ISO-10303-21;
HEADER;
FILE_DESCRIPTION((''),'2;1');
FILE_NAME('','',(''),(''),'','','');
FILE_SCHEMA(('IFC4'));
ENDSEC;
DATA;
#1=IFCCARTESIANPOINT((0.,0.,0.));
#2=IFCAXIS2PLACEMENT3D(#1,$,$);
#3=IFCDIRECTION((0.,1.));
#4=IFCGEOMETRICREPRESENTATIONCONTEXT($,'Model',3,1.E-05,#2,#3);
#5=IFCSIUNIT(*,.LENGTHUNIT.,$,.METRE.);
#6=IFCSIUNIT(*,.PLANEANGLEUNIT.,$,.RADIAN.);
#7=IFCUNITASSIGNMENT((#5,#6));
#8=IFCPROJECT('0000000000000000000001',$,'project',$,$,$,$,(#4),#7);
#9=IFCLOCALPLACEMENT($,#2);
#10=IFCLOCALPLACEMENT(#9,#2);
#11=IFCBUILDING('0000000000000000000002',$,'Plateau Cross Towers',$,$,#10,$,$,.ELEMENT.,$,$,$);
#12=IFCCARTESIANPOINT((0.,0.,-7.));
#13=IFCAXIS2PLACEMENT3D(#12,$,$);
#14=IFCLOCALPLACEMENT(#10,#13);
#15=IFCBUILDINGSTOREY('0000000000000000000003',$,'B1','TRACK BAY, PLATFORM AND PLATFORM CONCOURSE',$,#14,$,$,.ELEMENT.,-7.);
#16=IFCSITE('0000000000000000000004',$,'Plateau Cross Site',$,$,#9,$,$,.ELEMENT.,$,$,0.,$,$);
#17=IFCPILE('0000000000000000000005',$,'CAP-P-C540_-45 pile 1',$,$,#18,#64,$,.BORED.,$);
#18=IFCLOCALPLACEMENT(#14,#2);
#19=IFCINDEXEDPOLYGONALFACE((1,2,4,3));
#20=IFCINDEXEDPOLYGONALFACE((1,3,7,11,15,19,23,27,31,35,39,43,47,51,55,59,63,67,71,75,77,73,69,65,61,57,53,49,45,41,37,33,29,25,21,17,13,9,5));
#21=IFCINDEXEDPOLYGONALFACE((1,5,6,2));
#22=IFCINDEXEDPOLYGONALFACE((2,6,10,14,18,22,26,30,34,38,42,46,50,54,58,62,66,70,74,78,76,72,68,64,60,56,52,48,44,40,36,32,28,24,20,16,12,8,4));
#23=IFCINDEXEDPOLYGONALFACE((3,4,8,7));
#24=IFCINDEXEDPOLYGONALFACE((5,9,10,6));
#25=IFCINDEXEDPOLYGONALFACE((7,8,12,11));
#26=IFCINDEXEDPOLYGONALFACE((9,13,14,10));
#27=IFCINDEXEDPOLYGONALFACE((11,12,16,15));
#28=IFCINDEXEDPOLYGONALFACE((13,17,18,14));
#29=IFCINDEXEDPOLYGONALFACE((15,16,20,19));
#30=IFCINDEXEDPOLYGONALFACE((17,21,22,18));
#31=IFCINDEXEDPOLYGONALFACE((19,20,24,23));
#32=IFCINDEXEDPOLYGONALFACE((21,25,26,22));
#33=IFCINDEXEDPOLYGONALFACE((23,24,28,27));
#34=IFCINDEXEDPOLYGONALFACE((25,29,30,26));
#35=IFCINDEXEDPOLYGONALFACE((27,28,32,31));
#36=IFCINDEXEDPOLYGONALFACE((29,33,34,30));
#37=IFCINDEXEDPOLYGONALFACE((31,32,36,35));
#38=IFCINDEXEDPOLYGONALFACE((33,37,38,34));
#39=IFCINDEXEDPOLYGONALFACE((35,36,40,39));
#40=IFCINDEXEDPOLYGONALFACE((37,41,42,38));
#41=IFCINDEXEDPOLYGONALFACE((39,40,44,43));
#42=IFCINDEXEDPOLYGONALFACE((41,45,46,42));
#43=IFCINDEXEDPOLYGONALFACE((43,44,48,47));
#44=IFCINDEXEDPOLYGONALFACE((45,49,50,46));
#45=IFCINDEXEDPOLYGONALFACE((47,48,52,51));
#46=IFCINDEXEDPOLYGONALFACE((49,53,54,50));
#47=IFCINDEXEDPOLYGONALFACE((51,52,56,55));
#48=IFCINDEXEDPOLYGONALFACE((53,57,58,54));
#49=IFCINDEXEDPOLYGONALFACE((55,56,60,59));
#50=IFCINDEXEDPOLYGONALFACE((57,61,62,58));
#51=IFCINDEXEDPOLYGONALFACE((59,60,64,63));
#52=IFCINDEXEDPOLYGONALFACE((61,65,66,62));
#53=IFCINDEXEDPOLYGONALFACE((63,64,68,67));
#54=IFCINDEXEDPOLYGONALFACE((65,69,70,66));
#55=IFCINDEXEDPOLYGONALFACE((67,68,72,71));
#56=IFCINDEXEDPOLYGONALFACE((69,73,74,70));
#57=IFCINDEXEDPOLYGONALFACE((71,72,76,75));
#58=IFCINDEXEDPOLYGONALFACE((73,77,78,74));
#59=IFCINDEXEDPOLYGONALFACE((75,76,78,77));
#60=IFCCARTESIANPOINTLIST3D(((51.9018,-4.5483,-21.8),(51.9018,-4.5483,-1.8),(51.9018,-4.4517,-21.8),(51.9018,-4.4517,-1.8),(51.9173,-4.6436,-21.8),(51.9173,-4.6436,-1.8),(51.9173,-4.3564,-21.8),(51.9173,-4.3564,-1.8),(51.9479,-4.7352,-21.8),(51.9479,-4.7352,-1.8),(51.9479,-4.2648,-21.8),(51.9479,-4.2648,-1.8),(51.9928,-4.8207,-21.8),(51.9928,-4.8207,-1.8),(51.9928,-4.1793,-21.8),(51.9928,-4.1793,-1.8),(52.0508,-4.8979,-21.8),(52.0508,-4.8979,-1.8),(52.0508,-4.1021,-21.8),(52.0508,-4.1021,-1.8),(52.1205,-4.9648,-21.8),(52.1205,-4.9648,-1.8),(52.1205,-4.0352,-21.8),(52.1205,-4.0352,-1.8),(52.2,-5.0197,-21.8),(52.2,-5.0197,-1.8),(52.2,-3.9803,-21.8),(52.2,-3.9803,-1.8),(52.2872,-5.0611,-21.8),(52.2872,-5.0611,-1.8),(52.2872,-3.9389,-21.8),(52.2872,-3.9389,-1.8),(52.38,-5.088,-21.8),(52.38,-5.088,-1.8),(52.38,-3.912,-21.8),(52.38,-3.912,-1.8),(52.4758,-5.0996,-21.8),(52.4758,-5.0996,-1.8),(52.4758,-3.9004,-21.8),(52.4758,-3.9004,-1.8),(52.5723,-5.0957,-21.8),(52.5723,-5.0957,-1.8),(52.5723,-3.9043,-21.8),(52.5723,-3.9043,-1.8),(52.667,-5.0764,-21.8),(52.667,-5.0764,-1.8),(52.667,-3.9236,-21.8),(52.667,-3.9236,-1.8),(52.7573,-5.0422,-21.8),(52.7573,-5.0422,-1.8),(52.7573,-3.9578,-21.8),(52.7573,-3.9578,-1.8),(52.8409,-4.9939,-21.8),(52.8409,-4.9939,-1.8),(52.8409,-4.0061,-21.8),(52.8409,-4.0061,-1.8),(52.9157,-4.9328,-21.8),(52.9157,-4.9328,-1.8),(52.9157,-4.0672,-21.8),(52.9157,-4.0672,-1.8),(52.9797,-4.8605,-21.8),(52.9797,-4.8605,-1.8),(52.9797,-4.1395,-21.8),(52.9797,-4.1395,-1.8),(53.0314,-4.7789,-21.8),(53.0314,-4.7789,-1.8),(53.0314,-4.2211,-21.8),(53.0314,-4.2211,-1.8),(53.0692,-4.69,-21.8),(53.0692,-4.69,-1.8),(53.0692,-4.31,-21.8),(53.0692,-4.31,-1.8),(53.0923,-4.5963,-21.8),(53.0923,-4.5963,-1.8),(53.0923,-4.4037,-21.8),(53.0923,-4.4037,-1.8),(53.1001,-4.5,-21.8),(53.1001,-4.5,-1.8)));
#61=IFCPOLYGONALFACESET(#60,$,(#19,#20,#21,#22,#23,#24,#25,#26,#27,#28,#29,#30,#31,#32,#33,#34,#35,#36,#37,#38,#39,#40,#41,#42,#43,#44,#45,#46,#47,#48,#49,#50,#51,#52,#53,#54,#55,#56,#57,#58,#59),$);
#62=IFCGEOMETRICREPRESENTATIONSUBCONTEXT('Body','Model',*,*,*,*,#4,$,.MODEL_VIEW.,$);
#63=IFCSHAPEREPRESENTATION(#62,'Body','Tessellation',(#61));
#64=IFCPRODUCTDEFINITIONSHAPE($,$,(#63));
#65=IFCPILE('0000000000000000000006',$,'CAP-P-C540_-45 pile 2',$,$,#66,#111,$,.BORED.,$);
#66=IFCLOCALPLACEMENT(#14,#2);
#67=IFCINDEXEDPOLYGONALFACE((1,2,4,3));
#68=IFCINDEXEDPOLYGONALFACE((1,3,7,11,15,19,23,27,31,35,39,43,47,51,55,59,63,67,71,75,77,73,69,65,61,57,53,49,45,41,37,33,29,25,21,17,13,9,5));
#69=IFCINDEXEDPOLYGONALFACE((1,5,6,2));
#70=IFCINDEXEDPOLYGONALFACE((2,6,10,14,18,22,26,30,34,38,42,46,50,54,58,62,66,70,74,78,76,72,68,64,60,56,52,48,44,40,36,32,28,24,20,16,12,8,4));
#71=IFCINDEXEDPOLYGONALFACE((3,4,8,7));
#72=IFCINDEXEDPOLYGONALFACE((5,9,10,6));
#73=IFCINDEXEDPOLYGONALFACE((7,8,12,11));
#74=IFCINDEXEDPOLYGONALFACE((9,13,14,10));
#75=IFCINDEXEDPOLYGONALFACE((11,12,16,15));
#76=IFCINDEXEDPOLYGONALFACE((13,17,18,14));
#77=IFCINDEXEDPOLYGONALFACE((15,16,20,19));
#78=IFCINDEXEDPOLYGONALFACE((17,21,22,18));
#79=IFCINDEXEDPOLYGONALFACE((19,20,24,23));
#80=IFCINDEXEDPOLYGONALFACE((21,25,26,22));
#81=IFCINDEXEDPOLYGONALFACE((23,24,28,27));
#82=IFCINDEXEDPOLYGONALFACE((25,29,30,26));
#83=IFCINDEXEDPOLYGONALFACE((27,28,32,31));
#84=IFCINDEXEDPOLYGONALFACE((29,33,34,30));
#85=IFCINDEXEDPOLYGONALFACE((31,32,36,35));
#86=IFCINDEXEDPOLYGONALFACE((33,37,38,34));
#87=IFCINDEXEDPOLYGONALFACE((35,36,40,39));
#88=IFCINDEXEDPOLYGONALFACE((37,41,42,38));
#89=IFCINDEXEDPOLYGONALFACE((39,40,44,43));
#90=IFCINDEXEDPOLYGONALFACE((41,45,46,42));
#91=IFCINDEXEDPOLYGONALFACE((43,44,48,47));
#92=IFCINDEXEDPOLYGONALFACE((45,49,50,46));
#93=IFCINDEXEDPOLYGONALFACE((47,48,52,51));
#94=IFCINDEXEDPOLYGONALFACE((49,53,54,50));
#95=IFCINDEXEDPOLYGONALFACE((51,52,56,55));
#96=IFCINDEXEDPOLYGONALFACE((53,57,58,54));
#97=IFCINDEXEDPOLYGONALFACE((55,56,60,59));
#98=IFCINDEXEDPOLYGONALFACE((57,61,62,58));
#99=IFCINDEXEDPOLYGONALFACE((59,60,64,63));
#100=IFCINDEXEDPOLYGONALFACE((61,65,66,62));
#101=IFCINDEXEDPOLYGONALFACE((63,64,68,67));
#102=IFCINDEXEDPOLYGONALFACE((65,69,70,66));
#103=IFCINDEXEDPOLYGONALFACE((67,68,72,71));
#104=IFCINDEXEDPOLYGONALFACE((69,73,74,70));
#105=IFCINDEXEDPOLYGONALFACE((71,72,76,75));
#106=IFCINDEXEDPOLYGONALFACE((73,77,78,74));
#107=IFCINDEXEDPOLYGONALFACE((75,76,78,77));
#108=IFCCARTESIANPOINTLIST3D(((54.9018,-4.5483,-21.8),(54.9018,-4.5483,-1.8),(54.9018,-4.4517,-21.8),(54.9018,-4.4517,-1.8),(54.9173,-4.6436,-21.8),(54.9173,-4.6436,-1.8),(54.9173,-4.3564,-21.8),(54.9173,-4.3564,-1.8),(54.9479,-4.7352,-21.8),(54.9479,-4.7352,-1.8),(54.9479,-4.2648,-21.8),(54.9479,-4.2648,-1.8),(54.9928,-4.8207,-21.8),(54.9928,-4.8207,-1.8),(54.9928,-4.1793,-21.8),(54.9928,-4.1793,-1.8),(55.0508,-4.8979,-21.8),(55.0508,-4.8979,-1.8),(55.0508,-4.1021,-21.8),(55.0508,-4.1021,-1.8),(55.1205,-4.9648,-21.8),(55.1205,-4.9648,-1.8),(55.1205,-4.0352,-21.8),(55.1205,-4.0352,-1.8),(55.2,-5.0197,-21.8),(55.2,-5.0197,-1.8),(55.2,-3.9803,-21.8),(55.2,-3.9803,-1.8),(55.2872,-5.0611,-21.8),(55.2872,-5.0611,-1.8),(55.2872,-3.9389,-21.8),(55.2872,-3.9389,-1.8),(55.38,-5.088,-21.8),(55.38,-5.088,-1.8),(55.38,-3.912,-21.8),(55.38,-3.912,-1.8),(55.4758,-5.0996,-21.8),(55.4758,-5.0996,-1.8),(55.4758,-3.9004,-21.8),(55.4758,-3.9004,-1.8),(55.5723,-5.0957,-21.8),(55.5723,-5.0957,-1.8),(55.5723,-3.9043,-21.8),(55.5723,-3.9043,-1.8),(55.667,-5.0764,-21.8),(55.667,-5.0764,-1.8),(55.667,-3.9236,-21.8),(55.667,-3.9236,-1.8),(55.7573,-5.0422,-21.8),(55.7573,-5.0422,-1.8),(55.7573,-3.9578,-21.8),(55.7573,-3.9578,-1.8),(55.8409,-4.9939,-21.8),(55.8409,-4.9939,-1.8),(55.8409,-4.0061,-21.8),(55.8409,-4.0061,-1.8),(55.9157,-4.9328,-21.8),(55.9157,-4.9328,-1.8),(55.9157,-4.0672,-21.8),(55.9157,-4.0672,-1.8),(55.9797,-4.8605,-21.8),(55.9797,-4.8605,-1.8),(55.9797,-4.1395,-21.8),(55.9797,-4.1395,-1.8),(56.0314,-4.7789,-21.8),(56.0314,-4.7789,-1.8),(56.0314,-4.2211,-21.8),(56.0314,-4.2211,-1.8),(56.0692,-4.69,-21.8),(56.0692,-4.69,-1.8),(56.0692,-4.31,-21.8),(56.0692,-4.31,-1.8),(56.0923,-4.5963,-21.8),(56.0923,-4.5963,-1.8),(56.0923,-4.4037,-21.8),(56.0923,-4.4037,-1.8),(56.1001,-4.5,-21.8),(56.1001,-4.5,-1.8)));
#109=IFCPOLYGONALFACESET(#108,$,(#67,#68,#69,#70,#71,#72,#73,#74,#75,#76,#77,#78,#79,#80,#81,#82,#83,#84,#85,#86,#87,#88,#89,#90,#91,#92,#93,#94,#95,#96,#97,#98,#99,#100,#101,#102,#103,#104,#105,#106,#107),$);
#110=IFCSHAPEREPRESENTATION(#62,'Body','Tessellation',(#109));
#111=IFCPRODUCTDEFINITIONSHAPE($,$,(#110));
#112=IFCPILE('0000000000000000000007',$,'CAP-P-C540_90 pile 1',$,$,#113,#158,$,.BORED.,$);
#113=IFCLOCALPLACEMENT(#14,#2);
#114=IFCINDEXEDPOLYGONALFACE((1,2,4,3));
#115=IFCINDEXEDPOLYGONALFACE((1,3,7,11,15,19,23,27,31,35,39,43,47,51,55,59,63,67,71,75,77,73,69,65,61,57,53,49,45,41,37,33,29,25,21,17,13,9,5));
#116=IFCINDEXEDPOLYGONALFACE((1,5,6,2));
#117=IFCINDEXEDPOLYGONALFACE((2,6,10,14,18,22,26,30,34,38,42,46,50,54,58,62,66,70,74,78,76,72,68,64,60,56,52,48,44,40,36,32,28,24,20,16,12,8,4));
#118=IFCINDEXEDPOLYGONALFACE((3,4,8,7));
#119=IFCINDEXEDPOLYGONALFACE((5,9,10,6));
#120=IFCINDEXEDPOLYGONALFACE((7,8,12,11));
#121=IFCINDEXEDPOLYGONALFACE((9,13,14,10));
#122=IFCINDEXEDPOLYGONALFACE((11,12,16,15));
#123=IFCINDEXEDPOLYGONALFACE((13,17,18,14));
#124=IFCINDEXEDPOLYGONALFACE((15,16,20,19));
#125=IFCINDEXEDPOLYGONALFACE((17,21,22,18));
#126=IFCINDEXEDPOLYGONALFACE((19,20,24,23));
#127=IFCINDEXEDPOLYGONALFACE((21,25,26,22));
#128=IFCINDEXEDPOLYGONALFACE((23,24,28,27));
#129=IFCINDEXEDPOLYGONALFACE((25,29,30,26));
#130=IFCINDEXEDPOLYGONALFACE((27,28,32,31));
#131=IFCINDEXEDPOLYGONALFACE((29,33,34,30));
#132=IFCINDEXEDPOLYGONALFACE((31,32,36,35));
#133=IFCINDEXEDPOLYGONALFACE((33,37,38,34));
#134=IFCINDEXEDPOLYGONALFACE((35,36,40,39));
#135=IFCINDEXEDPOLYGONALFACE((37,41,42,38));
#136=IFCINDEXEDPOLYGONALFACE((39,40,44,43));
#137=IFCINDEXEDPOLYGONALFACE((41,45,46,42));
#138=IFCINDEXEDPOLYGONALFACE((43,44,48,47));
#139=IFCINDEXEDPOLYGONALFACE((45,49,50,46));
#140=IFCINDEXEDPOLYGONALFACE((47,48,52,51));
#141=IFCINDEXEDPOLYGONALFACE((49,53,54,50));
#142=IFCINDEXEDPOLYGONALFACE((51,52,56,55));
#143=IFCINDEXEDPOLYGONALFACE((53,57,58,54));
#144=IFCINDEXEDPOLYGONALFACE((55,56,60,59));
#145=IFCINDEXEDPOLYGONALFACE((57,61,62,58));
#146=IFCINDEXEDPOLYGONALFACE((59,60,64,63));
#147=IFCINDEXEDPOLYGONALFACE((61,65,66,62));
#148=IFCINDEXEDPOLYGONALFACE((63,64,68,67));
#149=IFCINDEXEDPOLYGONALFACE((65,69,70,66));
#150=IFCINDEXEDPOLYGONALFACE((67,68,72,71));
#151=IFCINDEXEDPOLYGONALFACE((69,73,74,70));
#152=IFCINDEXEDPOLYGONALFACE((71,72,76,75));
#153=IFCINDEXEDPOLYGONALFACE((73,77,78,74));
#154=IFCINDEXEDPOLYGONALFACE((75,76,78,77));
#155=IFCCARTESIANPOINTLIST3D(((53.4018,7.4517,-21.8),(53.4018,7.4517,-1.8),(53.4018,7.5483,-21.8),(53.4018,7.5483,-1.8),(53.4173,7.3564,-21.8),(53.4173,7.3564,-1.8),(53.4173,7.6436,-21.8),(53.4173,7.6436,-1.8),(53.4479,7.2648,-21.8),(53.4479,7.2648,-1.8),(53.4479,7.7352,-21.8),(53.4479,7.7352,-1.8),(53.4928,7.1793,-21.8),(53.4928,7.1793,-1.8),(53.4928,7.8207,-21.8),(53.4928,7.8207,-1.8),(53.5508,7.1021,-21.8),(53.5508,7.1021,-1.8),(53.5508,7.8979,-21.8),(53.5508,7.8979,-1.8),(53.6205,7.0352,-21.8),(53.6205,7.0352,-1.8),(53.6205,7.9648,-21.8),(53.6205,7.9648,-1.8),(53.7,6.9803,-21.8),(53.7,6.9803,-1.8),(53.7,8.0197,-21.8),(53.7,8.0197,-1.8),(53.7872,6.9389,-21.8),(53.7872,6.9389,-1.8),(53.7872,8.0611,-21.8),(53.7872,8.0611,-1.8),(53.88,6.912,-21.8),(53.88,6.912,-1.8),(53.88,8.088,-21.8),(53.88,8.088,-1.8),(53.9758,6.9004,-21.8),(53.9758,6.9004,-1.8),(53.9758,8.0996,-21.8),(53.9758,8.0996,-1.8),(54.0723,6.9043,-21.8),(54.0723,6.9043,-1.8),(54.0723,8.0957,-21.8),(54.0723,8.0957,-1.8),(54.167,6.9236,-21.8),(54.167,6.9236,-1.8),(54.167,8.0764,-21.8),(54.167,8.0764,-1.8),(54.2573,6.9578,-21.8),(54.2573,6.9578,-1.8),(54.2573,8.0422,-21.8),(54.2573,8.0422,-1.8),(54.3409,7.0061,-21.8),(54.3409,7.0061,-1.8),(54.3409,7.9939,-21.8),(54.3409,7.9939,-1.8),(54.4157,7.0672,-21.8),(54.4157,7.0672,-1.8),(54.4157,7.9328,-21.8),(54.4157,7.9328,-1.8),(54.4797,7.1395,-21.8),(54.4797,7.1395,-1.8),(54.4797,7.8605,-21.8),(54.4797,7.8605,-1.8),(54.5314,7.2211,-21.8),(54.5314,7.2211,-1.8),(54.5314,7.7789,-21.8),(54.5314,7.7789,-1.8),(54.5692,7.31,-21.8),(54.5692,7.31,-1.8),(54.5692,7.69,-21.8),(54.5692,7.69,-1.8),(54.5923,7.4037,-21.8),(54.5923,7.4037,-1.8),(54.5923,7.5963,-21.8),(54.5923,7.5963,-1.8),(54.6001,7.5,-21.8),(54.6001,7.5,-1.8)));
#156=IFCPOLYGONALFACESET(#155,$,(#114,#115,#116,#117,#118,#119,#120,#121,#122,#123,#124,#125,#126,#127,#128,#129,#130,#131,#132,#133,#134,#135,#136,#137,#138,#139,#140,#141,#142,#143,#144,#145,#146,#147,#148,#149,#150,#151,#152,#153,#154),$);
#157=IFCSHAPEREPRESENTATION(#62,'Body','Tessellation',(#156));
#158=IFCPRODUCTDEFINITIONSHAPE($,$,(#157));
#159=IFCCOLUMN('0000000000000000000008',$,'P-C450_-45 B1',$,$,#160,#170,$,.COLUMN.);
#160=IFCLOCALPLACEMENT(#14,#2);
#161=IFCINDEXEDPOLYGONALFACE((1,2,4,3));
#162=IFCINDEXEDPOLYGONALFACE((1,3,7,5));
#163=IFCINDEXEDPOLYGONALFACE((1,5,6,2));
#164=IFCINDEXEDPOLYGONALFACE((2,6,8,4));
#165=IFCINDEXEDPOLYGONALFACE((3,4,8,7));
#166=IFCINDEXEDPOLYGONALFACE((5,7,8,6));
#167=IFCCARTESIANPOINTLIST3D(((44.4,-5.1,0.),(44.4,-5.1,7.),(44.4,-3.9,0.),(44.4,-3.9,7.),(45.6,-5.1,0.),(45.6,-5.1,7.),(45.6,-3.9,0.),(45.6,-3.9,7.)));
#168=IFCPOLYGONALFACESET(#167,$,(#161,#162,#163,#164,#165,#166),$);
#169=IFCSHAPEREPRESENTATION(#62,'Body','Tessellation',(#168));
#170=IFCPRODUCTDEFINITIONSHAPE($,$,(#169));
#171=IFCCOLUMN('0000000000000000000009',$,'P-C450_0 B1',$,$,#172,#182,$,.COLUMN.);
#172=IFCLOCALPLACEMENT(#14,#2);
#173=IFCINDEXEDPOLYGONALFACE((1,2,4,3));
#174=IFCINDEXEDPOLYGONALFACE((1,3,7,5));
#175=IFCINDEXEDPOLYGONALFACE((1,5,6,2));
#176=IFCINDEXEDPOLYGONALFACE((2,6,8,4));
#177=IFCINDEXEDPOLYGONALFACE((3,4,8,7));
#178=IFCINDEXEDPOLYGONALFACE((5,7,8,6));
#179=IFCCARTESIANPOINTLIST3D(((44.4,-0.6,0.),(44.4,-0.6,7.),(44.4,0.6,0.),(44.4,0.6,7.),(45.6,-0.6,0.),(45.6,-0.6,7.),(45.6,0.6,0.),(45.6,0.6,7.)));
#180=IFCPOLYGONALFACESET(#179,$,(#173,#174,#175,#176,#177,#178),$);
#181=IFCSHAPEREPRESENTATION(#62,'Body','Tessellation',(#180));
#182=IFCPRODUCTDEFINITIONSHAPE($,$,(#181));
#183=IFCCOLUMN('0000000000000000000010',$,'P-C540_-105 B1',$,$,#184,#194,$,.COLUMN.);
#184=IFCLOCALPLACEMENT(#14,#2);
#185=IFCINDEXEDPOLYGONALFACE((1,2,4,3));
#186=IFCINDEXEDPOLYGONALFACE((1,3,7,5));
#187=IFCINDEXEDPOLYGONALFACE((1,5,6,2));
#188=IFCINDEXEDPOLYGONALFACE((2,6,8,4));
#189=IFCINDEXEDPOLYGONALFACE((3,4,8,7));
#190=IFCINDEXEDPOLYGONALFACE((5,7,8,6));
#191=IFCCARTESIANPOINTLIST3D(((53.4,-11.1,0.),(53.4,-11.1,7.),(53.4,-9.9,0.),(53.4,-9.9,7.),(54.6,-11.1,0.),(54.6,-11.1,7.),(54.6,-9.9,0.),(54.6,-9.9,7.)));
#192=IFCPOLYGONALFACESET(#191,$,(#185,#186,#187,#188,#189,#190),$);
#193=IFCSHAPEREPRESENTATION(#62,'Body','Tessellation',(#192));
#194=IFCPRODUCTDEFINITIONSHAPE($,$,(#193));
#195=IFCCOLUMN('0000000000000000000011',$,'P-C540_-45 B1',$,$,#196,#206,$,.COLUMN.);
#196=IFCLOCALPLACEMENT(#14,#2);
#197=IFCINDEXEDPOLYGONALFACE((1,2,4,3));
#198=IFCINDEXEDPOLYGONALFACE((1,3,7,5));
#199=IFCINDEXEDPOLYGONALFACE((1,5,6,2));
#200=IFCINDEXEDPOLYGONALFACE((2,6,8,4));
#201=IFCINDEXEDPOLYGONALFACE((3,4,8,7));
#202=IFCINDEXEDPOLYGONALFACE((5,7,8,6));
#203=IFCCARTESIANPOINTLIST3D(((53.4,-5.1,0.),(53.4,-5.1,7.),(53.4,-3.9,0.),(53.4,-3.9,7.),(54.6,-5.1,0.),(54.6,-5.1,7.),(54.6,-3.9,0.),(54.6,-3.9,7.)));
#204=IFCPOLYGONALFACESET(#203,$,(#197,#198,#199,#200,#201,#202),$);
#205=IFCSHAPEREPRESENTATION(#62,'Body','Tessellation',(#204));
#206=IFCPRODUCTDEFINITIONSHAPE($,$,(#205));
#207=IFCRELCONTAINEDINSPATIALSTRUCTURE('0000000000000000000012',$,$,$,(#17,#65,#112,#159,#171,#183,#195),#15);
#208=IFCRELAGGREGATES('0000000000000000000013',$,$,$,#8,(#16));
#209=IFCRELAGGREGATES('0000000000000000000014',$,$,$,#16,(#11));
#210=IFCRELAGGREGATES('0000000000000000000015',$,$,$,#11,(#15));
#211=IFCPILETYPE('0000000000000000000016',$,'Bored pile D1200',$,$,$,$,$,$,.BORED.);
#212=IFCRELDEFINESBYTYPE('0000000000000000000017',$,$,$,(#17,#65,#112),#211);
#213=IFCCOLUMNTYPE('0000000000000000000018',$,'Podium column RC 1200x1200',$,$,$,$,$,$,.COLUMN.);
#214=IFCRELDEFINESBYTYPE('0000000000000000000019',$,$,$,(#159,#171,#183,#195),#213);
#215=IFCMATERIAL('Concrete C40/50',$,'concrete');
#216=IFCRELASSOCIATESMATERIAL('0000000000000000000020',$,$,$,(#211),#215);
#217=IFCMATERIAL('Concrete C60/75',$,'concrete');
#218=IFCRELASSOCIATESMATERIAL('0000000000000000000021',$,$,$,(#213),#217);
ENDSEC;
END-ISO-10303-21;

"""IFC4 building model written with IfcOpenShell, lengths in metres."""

from ifc_helpers import new_model, si_unit, direction, frame, origin, origin_2d, place, context, subcontext, project, spatial, rectangle, circle, extrude, material, material_profile, profile_set, type_object, element, save


model = new_model("IFC4")

# Units and contexts
model_context = context("Model", 3, precision=1e-05, world=origin(), true_north=direction((0.0, 1.0)))
body_context = subcontext(model_context, "Body", "Model", "MODEL_VIEW")
ifc_project = project(units=[si_unit("LENGTHUNIT", "METRE"), si_unit("PLANEANGLEUNIT", "RADIAN")], contexts=[model_context])

# Site, building, storey
site_placement = place(None, origin())
site = spatial("IfcSite", under=ifc_project, at=site_placement, Name="Plateau Cross Site", CompositionType="ELEMENT", RefElevation=0.0)
building_placement = place(site_placement, origin())
building = spatial("IfcBuilding", under=site, at=building_placement, Name="Plateau Cross Towers", CompositionType="ELEMENT")
storey_placement = place(building_placement, frame((0.0, 0.0, -7.0)))
storey = spatial("IfcBuildingStorey", under=building, at=storey_placement, Name="B1", Description="TRACK BAY, PLATFORM AND PLATFORM CONCOURSE", CompositionType="ELEMENT", Elevation=-7.0)

# Piles
ifc_material_1 = material(Name="Concrete C40/50", Category="concrete")
ifc_material_profile_1 = material_profile(ifc_material_1, circle(Radius=0.6001, at=origin_2d()), Name="Bored pile D1200")
ifc_profile_set_1 = profile_set([ifc_material_profile_1], Name="Concrete C40/50")
pile_type = type_object("IfcPileType", Name="Bored pile D1200", PredefinedType="BORED", material=ifc_profile_set_1)
for number, where, z_axis, x_axis, name in (
    (1, (52.5, -4.5, -1.8), (0.0, 0.0, -1.0), (1.0, 0.0, 0.0), "CAP-P-C540_-45 pile 1"),
    (2, (55.5, -4.5, -1.8), (0.0, 0.0, -1.0), (1.0, 0.0, 0.0), "CAP-P-C540_-45 pile 2"),
    (3, (54.0, 7.5, -1.8), (0.0, 0.0, -1.0), (1.0, 0.0, 0.0), "CAP-P-C540_90 pile 1"),
):
    element("IfcPile", number, at=place(storey_placement, frame(where, z_axis=z_axis, x_axis=x_axis)), inside=storey, type_object=pile_type, Name=name, PredefinedType="BORED", context=body_context, shape_type="SweptSolid", body=[
        extrude(circle(Radius=0.6001, at=origin_2d()), origin(), (0.0, 0.0, 1.0), 20.0),
    ])

# Columns
ifc_material_2 = material(Name="Concrete C60/75", Category="concrete")
ifc_material_profile_2 = material_profile(ifc_material_2, rectangle(XDim=1.2, YDim=1.2, at=origin_2d()), Name="RC 1200x1200")
ifc_profile_set_2 = profile_set([ifc_material_profile_2], Name="Concrete C60/75")
column_type_1 = type_object("IfcColumnType", Name="Podium column RC 1200x1200", PredefinedType="COLUMN", material=ifc_profile_set_2)
for number, where, z_axis, x_axis, name in (
    (4, (45.0, -4.5, 0.0), (0.0, 0.0, 1.0), (1.0, 0.0, 0.0), "P-C450_-45 B1"),
    (5, (45.0, 0.0, 0.0), (0.0, 0.0, 1.0), (1.0, 0.0, 0.0), "P-C450_0 B1"),
    (6, (54.0, -10.5, 0.0), (0.0, 0.0, 1.0), (1.0, 0.0, 0.0), "P-C540_-105 B1"),
    (7, (54.0, -4.5, 0.0), (0.0, 0.0, 1.0), (1.0, 0.0, 0.0), "P-C540_-45 B1"),
):
    element("IfcColumn", number, at=place(storey_placement, frame(where, z_axis=z_axis, x_axis=x_axis)), inside=storey, type_object=column_type_1, Name=name, PredefinedType="COLUMN", context=body_context, shape_type="SweptSolid", body=[
        extrude(rectangle(XDim=1.2, YDim=1.2, at=origin_2d()), origin(), (0.0, 0.0, 1.0), 7.0),
    ])

save(model, "model.ifc")
